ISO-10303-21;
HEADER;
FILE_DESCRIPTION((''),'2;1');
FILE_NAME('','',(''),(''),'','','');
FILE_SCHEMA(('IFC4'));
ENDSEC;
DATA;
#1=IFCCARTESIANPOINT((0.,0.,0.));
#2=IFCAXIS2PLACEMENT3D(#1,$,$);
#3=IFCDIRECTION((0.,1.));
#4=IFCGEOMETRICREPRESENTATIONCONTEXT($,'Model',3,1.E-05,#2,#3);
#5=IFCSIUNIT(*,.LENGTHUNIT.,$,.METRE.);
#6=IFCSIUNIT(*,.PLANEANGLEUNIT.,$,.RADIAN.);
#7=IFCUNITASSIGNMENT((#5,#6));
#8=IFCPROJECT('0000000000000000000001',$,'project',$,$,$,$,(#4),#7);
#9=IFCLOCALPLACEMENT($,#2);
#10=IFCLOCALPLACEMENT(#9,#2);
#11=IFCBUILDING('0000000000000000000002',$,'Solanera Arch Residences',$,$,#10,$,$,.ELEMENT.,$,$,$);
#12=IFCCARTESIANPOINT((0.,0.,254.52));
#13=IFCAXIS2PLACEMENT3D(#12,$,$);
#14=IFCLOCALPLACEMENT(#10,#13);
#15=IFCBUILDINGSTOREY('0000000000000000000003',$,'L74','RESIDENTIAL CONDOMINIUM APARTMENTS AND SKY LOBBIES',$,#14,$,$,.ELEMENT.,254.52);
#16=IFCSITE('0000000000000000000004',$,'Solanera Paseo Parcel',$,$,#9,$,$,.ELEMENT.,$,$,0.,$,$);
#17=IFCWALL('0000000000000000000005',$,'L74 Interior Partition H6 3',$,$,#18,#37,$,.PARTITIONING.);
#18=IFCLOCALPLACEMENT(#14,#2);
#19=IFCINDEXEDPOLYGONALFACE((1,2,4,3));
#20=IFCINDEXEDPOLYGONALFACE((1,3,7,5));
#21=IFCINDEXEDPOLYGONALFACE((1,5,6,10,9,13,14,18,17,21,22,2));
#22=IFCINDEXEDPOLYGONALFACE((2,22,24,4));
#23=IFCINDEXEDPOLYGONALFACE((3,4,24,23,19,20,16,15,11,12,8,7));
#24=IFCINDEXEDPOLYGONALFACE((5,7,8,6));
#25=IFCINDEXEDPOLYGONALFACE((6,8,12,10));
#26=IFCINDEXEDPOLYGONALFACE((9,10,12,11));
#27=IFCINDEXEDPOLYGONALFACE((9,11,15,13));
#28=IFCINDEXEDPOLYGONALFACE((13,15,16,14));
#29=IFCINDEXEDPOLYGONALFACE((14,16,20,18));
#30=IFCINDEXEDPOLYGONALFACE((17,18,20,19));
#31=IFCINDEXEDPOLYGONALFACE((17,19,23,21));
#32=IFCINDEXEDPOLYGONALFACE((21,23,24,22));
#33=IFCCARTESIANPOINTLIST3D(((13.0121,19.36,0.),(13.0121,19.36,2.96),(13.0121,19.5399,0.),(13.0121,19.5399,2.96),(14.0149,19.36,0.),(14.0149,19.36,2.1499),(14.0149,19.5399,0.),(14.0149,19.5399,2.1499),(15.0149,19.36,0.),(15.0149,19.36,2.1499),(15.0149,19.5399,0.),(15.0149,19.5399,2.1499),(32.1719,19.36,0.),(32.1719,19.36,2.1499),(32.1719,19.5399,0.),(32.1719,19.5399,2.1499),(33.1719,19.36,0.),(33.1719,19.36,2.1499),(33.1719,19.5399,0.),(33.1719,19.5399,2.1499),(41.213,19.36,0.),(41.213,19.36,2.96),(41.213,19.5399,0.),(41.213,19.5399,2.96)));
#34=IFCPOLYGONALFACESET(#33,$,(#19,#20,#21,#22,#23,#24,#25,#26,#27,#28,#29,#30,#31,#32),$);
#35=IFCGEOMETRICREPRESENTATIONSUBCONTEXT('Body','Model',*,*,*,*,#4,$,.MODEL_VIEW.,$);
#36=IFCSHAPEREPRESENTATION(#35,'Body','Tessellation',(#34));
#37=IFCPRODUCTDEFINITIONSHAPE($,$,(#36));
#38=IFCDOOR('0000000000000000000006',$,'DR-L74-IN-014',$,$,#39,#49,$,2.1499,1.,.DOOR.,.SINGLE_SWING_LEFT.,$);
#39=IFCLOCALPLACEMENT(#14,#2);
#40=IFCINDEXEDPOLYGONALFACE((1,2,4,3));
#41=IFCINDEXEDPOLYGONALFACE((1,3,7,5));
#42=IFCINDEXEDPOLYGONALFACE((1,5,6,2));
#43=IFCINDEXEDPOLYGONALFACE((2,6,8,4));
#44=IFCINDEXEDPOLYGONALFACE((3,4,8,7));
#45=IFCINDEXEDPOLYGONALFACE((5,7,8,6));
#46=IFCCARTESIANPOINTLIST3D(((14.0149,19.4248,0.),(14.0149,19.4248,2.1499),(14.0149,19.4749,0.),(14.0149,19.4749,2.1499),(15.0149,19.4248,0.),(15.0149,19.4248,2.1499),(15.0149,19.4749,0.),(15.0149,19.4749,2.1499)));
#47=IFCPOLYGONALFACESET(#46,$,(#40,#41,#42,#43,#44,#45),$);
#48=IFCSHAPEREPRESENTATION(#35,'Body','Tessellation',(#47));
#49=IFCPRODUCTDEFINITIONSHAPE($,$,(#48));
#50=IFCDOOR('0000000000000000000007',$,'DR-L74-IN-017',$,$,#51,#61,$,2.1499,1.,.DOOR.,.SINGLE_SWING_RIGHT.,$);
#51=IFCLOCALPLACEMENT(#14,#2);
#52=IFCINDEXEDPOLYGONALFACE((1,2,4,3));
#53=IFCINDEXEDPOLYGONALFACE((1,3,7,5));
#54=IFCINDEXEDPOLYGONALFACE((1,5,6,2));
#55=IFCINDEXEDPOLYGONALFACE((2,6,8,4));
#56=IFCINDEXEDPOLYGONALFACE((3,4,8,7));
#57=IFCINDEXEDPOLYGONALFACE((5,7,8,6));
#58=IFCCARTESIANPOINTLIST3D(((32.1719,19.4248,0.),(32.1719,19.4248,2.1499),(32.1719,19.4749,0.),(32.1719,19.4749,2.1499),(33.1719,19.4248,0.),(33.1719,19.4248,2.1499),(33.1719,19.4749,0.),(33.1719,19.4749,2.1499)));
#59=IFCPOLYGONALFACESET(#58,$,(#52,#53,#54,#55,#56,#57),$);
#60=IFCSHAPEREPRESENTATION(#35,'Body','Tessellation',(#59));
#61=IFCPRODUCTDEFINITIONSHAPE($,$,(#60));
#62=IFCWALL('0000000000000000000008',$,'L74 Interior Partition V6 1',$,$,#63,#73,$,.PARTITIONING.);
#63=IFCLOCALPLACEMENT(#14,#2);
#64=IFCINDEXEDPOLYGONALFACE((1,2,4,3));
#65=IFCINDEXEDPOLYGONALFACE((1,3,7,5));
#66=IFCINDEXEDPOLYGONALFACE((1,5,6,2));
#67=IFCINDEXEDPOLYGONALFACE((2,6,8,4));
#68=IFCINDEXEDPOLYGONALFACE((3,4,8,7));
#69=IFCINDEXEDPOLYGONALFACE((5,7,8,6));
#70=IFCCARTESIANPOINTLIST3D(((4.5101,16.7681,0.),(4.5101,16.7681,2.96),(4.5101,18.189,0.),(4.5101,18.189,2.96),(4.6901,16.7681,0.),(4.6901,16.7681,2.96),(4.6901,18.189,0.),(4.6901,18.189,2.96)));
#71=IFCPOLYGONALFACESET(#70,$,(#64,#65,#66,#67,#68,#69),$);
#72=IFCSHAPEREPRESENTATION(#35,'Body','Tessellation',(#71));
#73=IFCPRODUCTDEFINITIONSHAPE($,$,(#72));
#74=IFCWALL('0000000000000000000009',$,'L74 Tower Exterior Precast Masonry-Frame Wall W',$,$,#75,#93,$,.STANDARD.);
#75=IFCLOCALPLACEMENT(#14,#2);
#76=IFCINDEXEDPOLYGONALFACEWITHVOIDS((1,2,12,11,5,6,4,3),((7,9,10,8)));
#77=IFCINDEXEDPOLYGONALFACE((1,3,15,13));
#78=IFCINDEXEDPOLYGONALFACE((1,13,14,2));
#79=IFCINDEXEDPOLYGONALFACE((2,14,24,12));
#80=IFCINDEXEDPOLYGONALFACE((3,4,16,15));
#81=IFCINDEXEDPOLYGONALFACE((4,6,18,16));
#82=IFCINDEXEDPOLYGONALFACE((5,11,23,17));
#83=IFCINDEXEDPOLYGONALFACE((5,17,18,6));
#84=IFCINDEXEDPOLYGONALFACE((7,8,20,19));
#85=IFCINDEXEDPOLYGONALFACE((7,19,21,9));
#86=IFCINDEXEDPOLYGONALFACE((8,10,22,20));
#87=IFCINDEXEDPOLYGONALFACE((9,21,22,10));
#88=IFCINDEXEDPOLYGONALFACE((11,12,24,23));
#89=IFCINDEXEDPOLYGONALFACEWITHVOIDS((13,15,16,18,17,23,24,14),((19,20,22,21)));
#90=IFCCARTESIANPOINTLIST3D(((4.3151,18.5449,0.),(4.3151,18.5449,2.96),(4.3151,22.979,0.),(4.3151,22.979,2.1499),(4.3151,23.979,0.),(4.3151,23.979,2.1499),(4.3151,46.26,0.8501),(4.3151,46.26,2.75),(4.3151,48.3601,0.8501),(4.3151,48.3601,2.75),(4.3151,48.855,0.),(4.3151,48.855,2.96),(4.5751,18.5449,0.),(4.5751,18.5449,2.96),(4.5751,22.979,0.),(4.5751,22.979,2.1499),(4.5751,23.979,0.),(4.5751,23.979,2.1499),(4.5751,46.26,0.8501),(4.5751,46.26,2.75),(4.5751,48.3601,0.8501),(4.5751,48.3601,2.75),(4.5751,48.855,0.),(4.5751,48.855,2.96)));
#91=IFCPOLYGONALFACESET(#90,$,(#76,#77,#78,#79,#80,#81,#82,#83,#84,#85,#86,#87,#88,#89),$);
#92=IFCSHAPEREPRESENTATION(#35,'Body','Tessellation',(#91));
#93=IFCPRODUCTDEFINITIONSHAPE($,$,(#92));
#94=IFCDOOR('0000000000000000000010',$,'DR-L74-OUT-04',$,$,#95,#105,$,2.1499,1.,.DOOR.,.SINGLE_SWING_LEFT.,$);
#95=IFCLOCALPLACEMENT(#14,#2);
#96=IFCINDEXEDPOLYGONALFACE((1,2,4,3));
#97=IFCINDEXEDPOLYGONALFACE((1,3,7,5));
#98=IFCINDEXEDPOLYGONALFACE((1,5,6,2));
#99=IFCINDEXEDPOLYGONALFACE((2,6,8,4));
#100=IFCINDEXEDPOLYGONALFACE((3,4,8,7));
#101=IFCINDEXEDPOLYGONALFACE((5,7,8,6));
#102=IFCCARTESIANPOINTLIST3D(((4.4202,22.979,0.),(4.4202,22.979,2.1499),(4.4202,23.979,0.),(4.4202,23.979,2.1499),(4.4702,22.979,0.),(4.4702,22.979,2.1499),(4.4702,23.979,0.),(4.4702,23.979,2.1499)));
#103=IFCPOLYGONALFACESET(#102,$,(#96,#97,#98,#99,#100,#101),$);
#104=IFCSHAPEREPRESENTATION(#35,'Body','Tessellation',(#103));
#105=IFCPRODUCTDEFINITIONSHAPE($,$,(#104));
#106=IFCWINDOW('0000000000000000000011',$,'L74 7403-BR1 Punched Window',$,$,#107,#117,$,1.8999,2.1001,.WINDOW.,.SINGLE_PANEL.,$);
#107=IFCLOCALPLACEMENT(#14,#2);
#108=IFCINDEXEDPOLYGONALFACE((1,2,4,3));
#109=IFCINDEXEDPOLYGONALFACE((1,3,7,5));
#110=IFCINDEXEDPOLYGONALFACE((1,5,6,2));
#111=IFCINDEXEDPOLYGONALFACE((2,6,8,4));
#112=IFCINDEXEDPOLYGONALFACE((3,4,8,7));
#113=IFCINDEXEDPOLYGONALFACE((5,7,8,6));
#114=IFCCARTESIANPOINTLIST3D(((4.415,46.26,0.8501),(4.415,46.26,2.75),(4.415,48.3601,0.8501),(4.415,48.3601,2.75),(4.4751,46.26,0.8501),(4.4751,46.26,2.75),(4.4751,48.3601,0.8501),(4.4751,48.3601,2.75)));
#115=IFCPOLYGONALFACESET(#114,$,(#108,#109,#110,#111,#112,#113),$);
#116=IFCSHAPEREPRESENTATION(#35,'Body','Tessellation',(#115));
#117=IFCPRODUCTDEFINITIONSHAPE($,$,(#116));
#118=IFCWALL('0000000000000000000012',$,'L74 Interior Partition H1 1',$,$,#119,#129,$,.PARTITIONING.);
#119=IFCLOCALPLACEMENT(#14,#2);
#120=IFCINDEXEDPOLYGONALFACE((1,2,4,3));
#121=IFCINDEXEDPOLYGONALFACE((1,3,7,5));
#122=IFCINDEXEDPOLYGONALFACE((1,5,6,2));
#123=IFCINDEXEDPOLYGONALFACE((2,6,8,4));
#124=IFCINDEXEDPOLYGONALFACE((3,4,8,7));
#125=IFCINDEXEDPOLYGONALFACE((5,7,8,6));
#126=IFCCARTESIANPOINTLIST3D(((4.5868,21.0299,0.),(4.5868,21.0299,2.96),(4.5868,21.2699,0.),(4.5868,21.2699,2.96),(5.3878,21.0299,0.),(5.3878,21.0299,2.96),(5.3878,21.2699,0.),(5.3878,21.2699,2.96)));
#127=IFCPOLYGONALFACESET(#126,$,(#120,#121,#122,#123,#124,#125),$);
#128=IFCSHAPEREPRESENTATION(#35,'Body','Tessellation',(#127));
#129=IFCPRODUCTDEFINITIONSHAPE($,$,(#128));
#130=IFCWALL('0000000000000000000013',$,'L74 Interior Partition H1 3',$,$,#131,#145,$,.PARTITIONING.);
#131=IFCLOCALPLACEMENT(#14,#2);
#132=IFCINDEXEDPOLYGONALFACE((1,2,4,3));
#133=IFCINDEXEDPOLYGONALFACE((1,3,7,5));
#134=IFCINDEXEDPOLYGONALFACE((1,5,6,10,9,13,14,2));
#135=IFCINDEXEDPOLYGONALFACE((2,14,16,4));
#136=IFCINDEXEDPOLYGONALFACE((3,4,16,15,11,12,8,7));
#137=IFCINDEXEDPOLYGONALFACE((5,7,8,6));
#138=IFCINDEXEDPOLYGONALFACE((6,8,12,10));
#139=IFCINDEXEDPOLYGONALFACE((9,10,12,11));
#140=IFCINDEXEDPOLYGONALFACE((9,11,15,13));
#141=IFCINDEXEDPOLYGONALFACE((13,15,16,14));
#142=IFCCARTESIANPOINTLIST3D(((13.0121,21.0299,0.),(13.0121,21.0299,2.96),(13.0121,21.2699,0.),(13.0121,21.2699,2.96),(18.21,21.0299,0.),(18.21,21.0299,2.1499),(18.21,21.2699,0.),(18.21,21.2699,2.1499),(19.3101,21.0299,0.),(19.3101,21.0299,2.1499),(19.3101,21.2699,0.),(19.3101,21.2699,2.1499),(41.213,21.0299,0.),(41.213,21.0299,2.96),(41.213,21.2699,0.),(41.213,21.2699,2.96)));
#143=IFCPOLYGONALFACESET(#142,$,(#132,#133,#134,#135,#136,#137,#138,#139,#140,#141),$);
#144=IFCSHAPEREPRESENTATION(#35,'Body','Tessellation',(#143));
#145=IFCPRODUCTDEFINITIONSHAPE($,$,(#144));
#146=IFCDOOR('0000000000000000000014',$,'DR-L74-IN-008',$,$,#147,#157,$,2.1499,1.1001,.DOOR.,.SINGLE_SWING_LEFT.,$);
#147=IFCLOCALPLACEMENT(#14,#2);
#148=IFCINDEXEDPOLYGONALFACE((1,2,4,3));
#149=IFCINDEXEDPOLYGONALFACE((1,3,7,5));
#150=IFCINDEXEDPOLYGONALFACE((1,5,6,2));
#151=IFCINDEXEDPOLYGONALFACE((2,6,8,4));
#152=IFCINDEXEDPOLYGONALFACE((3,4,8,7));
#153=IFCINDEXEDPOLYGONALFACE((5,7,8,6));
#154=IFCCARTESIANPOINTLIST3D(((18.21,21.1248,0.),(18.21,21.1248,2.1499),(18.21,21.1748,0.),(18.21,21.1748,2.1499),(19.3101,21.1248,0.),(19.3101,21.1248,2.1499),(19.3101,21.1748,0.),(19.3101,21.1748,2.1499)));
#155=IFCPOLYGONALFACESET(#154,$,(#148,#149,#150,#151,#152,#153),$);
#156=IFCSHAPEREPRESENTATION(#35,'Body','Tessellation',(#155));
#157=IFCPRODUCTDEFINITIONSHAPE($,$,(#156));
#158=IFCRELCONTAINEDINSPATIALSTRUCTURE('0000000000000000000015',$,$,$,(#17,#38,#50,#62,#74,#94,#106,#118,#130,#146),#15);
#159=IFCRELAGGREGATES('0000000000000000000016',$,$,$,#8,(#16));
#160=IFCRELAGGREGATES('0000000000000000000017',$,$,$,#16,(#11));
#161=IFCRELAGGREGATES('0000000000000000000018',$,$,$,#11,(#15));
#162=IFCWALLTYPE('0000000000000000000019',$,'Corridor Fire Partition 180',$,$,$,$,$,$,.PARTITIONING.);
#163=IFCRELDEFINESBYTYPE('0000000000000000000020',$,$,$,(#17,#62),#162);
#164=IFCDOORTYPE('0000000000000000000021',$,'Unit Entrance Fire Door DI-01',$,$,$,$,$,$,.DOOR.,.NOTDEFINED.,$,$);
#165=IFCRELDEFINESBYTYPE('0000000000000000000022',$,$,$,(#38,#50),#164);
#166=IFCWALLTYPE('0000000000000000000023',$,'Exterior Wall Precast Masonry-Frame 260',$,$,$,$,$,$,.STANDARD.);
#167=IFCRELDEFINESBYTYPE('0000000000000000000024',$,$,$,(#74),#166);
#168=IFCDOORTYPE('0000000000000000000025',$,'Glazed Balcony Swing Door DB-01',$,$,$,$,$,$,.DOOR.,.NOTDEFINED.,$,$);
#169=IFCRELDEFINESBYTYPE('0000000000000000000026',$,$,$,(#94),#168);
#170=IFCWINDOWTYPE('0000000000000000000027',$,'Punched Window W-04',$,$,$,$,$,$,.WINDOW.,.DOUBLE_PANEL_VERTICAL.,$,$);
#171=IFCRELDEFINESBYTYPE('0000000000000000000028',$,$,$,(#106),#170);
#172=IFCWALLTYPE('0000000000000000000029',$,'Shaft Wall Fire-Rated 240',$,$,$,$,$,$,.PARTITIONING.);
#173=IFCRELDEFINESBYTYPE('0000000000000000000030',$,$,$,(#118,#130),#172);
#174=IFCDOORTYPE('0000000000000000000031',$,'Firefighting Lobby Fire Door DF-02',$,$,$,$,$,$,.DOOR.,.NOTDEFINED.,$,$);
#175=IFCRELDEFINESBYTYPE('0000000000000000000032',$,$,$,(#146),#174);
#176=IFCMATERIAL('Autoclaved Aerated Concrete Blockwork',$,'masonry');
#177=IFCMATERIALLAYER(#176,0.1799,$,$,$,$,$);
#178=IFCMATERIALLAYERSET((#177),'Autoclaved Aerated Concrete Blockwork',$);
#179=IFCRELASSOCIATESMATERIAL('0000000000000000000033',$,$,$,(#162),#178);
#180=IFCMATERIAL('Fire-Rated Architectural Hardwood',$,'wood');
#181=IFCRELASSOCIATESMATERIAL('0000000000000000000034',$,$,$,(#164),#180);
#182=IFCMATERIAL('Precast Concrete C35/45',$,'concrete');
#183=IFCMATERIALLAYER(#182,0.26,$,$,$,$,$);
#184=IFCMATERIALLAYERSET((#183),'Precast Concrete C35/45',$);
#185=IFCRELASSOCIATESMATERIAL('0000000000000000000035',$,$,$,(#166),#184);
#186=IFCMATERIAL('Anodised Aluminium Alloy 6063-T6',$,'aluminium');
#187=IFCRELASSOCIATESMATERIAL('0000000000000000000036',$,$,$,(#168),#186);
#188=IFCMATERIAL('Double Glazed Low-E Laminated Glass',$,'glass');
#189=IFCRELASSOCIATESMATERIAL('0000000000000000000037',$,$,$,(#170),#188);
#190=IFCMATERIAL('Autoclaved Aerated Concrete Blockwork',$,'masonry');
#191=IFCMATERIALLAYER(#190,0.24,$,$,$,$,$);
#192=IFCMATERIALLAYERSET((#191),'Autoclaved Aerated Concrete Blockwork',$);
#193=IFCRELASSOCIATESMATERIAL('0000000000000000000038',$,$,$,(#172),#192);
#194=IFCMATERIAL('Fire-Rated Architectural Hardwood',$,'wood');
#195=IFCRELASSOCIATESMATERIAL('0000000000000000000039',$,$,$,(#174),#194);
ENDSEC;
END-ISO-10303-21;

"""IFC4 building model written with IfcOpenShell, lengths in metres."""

from ifc_helpers import new_model, si_unit, direction, frame, frame_2d, origin, place, context, subcontext, project, spatial, rectangle, extrude, material, layer, layer_set, type_object, element, fill, save


model = new_model("IFC4")

# Units and contexts
model_context = context("Model", 3, precision=1e-05, world=origin(), true_north=direction((0.0, 1.0)))
body_context = subcontext(model_context, "Body", "Model", "MODEL_VIEW")
ifc_project = project(units=[si_unit("LENGTHUNIT", "METRE"), si_unit("PLANEANGLEUNIT", "RADIAN")], contexts=[model_context])

# Site, building, storey
site_placement = place(None, origin())
site = spatial("IfcSite", under=ifc_project, at=site_placement, Name="Solanera Paseo Parcel", CompositionType="ELEMENT", RefElevation=0.0)
building_placement = place(site_placement, origin())
building = spatial("IfcBuilding", under=site, at=building_placement, Name="Solanera Arch Residences", CompositionType="ELEMENT")
storey_placement = place(building_placement, frame((0.0, 0.0, 254.52)))
storey = spatial("IfcBuildingStorey", under=building, at=storey_placement, Name="L74", Description="RESIDENTIAL CONDOMINIUM APARTMENTS AND SKY LOBBIES", CompositionType="ELEMENT", Elevation=254.52)

# Shared definitions
ifc_material_1 = material(Name="Autoclaved Aerated Concrete Blockwork", Category="masonry")
ifc_layer_1 = layer(ifc_material_1, 0.1799)
ifc_layer_set_1 = layer_set([ifc_layer_1], Name="Autoclaved Aerated Concrete Blockwork")
wall_type_1 = type_object("IfcWallType", Name="Corridor Fire Partition 180", PredefinedType="PARTITIONING", material=ifc_layer_set_1)

# Wall, openings, doors
wall_1_placement = place(storey_placement, frame((13.012, 19.45, 0.0), z_axis=(0.0, 0.0, 1.0), x_axis=(1.0, 0.0, 0.0)))
wall_1 = element("IfcWall", 1, at=wall_1_placement, inside=storey, type_object=wall_type_1, Name="L74 Interior Partition H6 3", PredefinedType="PARTITIONING", context=body_context, shape_type="SweptSolid", body=[
    extrude(rectangle(XDim=28.2009, YDim=0.1799, at=frame_2d((14.1006, 0.0))), origin(), (0.0, 0.0, 1.0), 2.96),
])
opening_1_placement = place(wall_1_placement, frame((1.0029, 0.0, 0.0)))
opening_1 = element("IfcOpeningElement", 2, at=opening_1_placement, cuts=wall_1, PredefinedType="OPENING", context=body_context, shape_type="SweptSolid", body=[
    extrude(rectangle(XDim=1.0, YDim=2.1499, at=frame_2d((0.5, 1.075))), frame((0.0, 0.1001, 0.0), z_axis=(0.0, -1.0, 0.0), x_axis=(1.0, 0.0, 0.0)), (0.0, 0.0, 1.0), 0.1999),
])
opening_2_placement = place(wall_1_placement, frame((19.1599, 0.0, 0.0)))
opening_2 = element("IfcOpeningElement", 3, at=opening_2_placement, cuts=wall_1, PredefinedType="OPENING", context=body_context, shape_type="SweptSolid", body=[
    extrude(rectangle(XDim=1.0, YDim=2.1499, at=frame_2d((0.5, 1.075))), frame((0.0, 0.1001, 0.0), z_axis=(0.0, -1.0, 0.0), x_axis=(1.0, 0.0, 0.0)), (0.0, 0.0, 1.0), 0.1999),
])
ifc_material_2 = material(Name="Fire-Rated Architectural Hardwood", Category="wood")
door_type_1 = type_object("IfcDoorType", Name="Unit Entrance Fire Door DI-01", OperationType="NOTDEFINED", PredefinedType="DOOR", material=ifc_material_2)
door_1_placement = place(opening_1_placement, origin())
door_1 = element("IfcDoor", 4, at=door_1_placement, inside=storey, type_object=door_type_1, Name="DR-L74-IN-014", OperationType="SINGLE_SWING_LEFT", OverallHeight=2.1499, OverallWidth=1.0, PredefinedType="DOOR", context=body_context, shape_type="SweptSolid", body=[
    extrude(rectangle(XDim=1.0, YDim=2.1499, at=frame_2d((0.5, 1.075))), frame((0.0, 0.0249, 0.0), z_axis=(0.0, -1.0, 0.0), x_axis=(1.0, 0.0, 0.0)), (0.0, 0.0, 1.0), 0.05),
])
fill(opening_1, door_1)
door_2_placement = place(opening_2_placement, origin())
door_2 = element("IfcDoor", 5, at=door_2_placement, inside=storey, type_object=door_type_1, Name="DR-L74-IN-017", OperationType="SINGLE_SWING_RIGHT", OverallHeight=2.1499, OverallWidth=1.0, PredefinedType="DOOR", context=body_context, shape_type="SweptSolid", body=[
    extrude(rectangle(XDim=1.0, YDim=2.1499, at=frame_2d((0.5, 1.075))), frame((0.0, 0.0249, 0.0), z_axis=(0.0, -1.0, 0.0), x_axis=(1.0, 0.0, 0.0)), (0.0, 0.0, 1.0), 0.05),
])
fill(opening_2, door_2)

# Wall
wall_2_placement = place(storey_placement, frame((4.6001, 16.7681, 0.0), z_axis=(0.0, 0.0, 1.0), x_axis=(0.0, 1.0, 0.0)))
element("IfcWall", 6, at=wall_2_placement, inside=storey, type_object=wall_type_1, Name="L74 Interior Partition V6 1", PredefinedType="PARTITIONING", context=body_context, shape_type="SweptSolid", body=[
    extrude(rectangle(XDim=1.4209, YDim=0.1799, at=frame_2d((0.7104, 0.0))), origin(), (0.0, 0.0, 1.0), 2.96),
])

# Wall, openings, door, window
ifc_material_3 = material(Name="Precast Concrete C35/45", Category="concrete")
ifc_layer_2 = layer(ifc_material_3, 0.26)
ifc_layer_set_2 = layer_set([ifc_layer_2], Name="Precast Concrete C35/45")
wall_type_2 = type_object("IfcWallType", Name="Exterior Wall Precast Masonry-Frame 260", PredefinedType="STANDARD", material=ifc_layer_set_2)
wall_3_placement = place(storey_placement, frame((4.4451, 18.5449, 0.0), z_axis=(0.0, 0.0, 1.0), x_axis=(0.0, 1.0, 0.0)))
wall_3 = element("IfcWall", 7, at=wall_3_placement, inside=storey, type_object=wall_type_2, Name="L74 Tower Exterior Precast Masonry-Frame Wall W", PredefinedType="STANDARD", context=body_context, shape_type="SweptSolid", body=[
    extrude(rectangle(XDim=30.3101, YDim=0.26, at=frame_2d((15.155, 0.0))), origin(), (0.0, 0.0, 1.0), 2.96),
])
opening_3_placement = place(wall_3_placement, frame((4.4341, 0.0, 0.0)))
opening_3 = element("IfcOpeningElement", 8, at=opening_3_placement, cuts=wall_3, PredefinedType="OPENING", context=body_context, shape_type="SweptSolid", body=[
    extrude(rectangle(XDim=1.0, YDim=2.1499, at=frame_2d((0.5, 1.075))), frame((0.0, 0.1399, 0.0), z_axis=(0.0, -1.0, 0.0), x_axis=(1.0, 0.0, 0.0)), (0.0, 0.0, 1.0), 0.28),
])
opening_4_placement = place(wall_3_placement, frame((27.7151, 0.0, 0.8501)))
opening_4 = element("IfcOpeningElement", 9, at=opening_4_placement, cuts=wall_3, PredefinedType="OPENING", context=body_context, shape_type="SweptSolid", body=[
    extrude(rectangle(XDim=2.1001, YDim=1.8999, at=frame_2d((1.05, 0.95))), frame((0.0, 0.1399, 0.0), z_axis=(0.0, -1.0, 0.0), x_axis=(1.0, 0.0, 0.0)), (0.0, 0.0, 1.0), 0.28),
])
ifc_material_4 = material(Name="Anodised Aluminium Alloy 6063-T6", Category="aluminium")
door_type_2 = type_object("IfcDoorType", Name="Glazed Balcony Swing Door DB-01", OperationType="NOTDEFINED", PredefinedType="DOOR", material=ifc_material_4)
door_3_placement = place(opening_3_placement, origin())
door_3 = element("IfcDoor", 10, at=door_3_placement, inside=storey, type_object=door_type_2, Name="DR-L74-OUT-04", OperationType="SINGLE_SWING_LEFT", OverallHeight=2.1499, OverallWidth=1.0, PredefinedType="DOOR", context=body_context, shape_type="SweptSolid", body=[
    extrude(rectangle(XDim=1.0, YDim=2.1499, at=frame_2d((0.5, 1.075))), frame((0.0, 0.0249, 0.0), z_axis=(0.0, -1.0, 0.0), x_axis=(1.0, 0.0, 0.0)), (0.0, 0.0, 1.0), 0.05),
])
fill(opening_3, door_3)
ifc_material_5 = material(Name="Double Glazed Low-E Laminated Glass", Category="glass")
window_type = type_object("IfcWindowType", Name="Punched Window W-04", PartitioningType="DOUBLE_PANEL_VERTICAL", PredefinedType="WINDOW", material=ifc_material_5)
window_placement = place(opening_4_placement, origin())
window = element("IfcWindow", 11, at=window_placement, inside=storey, type_object=window_type, Name="L74 7403-BR1 Punched Window", OverallHeight=1.8999, OverallWidth=2.1001, PartitioningType="SINGLE_PANEL", PredefinedType="WINDOW", context=body_context, shape_type="SweptSolid", body=[
    extrude(rectangle(XDim=2.1001, YDim=1.8999, at=frame_2d((1.05, 0.95))), frame((0.0, 0.03, 0.0), z_axis=(0.0, -1.0, 0.0), x_axis=(1.0, 0.0, 0.0)), (0.0, 0.0, 1.0), 0.0601),
])
fill(opening_4, window)

# Wall
ifc_material_6 = material(Name="Autoclaved Aerated Concrete Blockwork", Category="masonry")
ifc_layer_3 = layer(ifc_material_6, 0.24)
ifc_layer_set_3 = layer_set([ifc_layer_3], Name="Autoclaved Aerated Concrete Blockwork")
wall_type_3 = type_object("IfcWallType", Name="Shaft Wall Fire-Rated 240", PredefinedType="PARTITIONING", material=ifc_layer_set_3)
wall_4_placement = place(storey_placement, frame((4.5869, 21.1499, 0.0), z_axis=(0.0, 0.0, 1.0), x_axis=(1.0, 0.0, 0.0)))
element("IfcWall", 12, at=wall_4_placement, inside=storey, type_object=wall_type_3, Name="L74 Interior Partition H1 1", PredefinedType="PARTITIONING", context=body_context, shape_type="SweptSolid", body=[
    extrude(rectangle(XDim=0.801, YDim=0.24, at=frame_2d((0.4004, 0.0))), origin(), (0.0, 0.0, 1.0), 2.96),
])

# Wall, opening, door
wall_5_placement = place(storey_placement, frame((13.012, 21.1499, 0.0), z_axis=(0.0, 0.0, 1.0), x_axis=(1.0, 0.0, 0.0)))
wall_5 = element("IfcWall", 13, at=wall_5_placement, inside=storey, type_object=wall_type_3, Name="L74 Interior Partition H1 3", PredefinedType="PARTITIONING", context=body_context, shape_type="SweptSolid", body=[
    extrude(rectangle(XDim=28.2009, YDim=0.24, at=frame_2d((14.1006, 0.0))), origin(), (0.0, 0.0, 1.0), 2.96),
])
opening_5_placement = place(wall_5_placement, frame((5.198, 0.0, 0.0)))
opening_5 = element("IfcOpeningElement", 14, at=opening_5_placement, cuts=wall_5, PredefinedType="OPENING", context=body_context, shape_type="SweptSolid", body=[
    extrude(rectangle(XDim=1.1001, YDim=2.1499, at=frame_2d((0.55, 1.075))), frame((0.0, 0.1299, 0.0), z_axis=(0.0, -1.0, 0.0), x_axis=(1.0, 0.0, 0.0)), (0.0, 0.0, 1.0), 0.26),
])
ifc_material_7 = material(Name="Fire-Rated Architectural Hardwood", Category="wood")
door_type_3 = type_object("IfcDoorType", Name="Firefighting Lobby Fire Door DF-02", OperationType="NOTDEFINED", PredefinedType="DOOR", material=ifc_material_7)
door_4_placement = place(opening_5_placement, origin())
door_4 = element("IfcDoor", 15, at=door_4_placement, inside=storey, type_object=door_type_3, Name="DR-L74-IN-008", OperationType="SINGLE_SWING_LEFT", OverallHeight=2.1499, OverallWidth=1.1001, PredefinedType="DOOR", context=body_context, shape_type="SweptSolid", body=[
    extrude(rectangle(XDim=1.1001, YDim=2.1499, at=frame_2d((0.55, 1.075))), frame((0.0, 0.0249, 0.0), z_axis=(0.0, -1.0, 0.0), x_axis=(1.0, 0.0, 0.0)), (0.0, 0.0, 1.0), 0.05),
])
fill(opening_5, door_4)

save(model, "model.ifc")
